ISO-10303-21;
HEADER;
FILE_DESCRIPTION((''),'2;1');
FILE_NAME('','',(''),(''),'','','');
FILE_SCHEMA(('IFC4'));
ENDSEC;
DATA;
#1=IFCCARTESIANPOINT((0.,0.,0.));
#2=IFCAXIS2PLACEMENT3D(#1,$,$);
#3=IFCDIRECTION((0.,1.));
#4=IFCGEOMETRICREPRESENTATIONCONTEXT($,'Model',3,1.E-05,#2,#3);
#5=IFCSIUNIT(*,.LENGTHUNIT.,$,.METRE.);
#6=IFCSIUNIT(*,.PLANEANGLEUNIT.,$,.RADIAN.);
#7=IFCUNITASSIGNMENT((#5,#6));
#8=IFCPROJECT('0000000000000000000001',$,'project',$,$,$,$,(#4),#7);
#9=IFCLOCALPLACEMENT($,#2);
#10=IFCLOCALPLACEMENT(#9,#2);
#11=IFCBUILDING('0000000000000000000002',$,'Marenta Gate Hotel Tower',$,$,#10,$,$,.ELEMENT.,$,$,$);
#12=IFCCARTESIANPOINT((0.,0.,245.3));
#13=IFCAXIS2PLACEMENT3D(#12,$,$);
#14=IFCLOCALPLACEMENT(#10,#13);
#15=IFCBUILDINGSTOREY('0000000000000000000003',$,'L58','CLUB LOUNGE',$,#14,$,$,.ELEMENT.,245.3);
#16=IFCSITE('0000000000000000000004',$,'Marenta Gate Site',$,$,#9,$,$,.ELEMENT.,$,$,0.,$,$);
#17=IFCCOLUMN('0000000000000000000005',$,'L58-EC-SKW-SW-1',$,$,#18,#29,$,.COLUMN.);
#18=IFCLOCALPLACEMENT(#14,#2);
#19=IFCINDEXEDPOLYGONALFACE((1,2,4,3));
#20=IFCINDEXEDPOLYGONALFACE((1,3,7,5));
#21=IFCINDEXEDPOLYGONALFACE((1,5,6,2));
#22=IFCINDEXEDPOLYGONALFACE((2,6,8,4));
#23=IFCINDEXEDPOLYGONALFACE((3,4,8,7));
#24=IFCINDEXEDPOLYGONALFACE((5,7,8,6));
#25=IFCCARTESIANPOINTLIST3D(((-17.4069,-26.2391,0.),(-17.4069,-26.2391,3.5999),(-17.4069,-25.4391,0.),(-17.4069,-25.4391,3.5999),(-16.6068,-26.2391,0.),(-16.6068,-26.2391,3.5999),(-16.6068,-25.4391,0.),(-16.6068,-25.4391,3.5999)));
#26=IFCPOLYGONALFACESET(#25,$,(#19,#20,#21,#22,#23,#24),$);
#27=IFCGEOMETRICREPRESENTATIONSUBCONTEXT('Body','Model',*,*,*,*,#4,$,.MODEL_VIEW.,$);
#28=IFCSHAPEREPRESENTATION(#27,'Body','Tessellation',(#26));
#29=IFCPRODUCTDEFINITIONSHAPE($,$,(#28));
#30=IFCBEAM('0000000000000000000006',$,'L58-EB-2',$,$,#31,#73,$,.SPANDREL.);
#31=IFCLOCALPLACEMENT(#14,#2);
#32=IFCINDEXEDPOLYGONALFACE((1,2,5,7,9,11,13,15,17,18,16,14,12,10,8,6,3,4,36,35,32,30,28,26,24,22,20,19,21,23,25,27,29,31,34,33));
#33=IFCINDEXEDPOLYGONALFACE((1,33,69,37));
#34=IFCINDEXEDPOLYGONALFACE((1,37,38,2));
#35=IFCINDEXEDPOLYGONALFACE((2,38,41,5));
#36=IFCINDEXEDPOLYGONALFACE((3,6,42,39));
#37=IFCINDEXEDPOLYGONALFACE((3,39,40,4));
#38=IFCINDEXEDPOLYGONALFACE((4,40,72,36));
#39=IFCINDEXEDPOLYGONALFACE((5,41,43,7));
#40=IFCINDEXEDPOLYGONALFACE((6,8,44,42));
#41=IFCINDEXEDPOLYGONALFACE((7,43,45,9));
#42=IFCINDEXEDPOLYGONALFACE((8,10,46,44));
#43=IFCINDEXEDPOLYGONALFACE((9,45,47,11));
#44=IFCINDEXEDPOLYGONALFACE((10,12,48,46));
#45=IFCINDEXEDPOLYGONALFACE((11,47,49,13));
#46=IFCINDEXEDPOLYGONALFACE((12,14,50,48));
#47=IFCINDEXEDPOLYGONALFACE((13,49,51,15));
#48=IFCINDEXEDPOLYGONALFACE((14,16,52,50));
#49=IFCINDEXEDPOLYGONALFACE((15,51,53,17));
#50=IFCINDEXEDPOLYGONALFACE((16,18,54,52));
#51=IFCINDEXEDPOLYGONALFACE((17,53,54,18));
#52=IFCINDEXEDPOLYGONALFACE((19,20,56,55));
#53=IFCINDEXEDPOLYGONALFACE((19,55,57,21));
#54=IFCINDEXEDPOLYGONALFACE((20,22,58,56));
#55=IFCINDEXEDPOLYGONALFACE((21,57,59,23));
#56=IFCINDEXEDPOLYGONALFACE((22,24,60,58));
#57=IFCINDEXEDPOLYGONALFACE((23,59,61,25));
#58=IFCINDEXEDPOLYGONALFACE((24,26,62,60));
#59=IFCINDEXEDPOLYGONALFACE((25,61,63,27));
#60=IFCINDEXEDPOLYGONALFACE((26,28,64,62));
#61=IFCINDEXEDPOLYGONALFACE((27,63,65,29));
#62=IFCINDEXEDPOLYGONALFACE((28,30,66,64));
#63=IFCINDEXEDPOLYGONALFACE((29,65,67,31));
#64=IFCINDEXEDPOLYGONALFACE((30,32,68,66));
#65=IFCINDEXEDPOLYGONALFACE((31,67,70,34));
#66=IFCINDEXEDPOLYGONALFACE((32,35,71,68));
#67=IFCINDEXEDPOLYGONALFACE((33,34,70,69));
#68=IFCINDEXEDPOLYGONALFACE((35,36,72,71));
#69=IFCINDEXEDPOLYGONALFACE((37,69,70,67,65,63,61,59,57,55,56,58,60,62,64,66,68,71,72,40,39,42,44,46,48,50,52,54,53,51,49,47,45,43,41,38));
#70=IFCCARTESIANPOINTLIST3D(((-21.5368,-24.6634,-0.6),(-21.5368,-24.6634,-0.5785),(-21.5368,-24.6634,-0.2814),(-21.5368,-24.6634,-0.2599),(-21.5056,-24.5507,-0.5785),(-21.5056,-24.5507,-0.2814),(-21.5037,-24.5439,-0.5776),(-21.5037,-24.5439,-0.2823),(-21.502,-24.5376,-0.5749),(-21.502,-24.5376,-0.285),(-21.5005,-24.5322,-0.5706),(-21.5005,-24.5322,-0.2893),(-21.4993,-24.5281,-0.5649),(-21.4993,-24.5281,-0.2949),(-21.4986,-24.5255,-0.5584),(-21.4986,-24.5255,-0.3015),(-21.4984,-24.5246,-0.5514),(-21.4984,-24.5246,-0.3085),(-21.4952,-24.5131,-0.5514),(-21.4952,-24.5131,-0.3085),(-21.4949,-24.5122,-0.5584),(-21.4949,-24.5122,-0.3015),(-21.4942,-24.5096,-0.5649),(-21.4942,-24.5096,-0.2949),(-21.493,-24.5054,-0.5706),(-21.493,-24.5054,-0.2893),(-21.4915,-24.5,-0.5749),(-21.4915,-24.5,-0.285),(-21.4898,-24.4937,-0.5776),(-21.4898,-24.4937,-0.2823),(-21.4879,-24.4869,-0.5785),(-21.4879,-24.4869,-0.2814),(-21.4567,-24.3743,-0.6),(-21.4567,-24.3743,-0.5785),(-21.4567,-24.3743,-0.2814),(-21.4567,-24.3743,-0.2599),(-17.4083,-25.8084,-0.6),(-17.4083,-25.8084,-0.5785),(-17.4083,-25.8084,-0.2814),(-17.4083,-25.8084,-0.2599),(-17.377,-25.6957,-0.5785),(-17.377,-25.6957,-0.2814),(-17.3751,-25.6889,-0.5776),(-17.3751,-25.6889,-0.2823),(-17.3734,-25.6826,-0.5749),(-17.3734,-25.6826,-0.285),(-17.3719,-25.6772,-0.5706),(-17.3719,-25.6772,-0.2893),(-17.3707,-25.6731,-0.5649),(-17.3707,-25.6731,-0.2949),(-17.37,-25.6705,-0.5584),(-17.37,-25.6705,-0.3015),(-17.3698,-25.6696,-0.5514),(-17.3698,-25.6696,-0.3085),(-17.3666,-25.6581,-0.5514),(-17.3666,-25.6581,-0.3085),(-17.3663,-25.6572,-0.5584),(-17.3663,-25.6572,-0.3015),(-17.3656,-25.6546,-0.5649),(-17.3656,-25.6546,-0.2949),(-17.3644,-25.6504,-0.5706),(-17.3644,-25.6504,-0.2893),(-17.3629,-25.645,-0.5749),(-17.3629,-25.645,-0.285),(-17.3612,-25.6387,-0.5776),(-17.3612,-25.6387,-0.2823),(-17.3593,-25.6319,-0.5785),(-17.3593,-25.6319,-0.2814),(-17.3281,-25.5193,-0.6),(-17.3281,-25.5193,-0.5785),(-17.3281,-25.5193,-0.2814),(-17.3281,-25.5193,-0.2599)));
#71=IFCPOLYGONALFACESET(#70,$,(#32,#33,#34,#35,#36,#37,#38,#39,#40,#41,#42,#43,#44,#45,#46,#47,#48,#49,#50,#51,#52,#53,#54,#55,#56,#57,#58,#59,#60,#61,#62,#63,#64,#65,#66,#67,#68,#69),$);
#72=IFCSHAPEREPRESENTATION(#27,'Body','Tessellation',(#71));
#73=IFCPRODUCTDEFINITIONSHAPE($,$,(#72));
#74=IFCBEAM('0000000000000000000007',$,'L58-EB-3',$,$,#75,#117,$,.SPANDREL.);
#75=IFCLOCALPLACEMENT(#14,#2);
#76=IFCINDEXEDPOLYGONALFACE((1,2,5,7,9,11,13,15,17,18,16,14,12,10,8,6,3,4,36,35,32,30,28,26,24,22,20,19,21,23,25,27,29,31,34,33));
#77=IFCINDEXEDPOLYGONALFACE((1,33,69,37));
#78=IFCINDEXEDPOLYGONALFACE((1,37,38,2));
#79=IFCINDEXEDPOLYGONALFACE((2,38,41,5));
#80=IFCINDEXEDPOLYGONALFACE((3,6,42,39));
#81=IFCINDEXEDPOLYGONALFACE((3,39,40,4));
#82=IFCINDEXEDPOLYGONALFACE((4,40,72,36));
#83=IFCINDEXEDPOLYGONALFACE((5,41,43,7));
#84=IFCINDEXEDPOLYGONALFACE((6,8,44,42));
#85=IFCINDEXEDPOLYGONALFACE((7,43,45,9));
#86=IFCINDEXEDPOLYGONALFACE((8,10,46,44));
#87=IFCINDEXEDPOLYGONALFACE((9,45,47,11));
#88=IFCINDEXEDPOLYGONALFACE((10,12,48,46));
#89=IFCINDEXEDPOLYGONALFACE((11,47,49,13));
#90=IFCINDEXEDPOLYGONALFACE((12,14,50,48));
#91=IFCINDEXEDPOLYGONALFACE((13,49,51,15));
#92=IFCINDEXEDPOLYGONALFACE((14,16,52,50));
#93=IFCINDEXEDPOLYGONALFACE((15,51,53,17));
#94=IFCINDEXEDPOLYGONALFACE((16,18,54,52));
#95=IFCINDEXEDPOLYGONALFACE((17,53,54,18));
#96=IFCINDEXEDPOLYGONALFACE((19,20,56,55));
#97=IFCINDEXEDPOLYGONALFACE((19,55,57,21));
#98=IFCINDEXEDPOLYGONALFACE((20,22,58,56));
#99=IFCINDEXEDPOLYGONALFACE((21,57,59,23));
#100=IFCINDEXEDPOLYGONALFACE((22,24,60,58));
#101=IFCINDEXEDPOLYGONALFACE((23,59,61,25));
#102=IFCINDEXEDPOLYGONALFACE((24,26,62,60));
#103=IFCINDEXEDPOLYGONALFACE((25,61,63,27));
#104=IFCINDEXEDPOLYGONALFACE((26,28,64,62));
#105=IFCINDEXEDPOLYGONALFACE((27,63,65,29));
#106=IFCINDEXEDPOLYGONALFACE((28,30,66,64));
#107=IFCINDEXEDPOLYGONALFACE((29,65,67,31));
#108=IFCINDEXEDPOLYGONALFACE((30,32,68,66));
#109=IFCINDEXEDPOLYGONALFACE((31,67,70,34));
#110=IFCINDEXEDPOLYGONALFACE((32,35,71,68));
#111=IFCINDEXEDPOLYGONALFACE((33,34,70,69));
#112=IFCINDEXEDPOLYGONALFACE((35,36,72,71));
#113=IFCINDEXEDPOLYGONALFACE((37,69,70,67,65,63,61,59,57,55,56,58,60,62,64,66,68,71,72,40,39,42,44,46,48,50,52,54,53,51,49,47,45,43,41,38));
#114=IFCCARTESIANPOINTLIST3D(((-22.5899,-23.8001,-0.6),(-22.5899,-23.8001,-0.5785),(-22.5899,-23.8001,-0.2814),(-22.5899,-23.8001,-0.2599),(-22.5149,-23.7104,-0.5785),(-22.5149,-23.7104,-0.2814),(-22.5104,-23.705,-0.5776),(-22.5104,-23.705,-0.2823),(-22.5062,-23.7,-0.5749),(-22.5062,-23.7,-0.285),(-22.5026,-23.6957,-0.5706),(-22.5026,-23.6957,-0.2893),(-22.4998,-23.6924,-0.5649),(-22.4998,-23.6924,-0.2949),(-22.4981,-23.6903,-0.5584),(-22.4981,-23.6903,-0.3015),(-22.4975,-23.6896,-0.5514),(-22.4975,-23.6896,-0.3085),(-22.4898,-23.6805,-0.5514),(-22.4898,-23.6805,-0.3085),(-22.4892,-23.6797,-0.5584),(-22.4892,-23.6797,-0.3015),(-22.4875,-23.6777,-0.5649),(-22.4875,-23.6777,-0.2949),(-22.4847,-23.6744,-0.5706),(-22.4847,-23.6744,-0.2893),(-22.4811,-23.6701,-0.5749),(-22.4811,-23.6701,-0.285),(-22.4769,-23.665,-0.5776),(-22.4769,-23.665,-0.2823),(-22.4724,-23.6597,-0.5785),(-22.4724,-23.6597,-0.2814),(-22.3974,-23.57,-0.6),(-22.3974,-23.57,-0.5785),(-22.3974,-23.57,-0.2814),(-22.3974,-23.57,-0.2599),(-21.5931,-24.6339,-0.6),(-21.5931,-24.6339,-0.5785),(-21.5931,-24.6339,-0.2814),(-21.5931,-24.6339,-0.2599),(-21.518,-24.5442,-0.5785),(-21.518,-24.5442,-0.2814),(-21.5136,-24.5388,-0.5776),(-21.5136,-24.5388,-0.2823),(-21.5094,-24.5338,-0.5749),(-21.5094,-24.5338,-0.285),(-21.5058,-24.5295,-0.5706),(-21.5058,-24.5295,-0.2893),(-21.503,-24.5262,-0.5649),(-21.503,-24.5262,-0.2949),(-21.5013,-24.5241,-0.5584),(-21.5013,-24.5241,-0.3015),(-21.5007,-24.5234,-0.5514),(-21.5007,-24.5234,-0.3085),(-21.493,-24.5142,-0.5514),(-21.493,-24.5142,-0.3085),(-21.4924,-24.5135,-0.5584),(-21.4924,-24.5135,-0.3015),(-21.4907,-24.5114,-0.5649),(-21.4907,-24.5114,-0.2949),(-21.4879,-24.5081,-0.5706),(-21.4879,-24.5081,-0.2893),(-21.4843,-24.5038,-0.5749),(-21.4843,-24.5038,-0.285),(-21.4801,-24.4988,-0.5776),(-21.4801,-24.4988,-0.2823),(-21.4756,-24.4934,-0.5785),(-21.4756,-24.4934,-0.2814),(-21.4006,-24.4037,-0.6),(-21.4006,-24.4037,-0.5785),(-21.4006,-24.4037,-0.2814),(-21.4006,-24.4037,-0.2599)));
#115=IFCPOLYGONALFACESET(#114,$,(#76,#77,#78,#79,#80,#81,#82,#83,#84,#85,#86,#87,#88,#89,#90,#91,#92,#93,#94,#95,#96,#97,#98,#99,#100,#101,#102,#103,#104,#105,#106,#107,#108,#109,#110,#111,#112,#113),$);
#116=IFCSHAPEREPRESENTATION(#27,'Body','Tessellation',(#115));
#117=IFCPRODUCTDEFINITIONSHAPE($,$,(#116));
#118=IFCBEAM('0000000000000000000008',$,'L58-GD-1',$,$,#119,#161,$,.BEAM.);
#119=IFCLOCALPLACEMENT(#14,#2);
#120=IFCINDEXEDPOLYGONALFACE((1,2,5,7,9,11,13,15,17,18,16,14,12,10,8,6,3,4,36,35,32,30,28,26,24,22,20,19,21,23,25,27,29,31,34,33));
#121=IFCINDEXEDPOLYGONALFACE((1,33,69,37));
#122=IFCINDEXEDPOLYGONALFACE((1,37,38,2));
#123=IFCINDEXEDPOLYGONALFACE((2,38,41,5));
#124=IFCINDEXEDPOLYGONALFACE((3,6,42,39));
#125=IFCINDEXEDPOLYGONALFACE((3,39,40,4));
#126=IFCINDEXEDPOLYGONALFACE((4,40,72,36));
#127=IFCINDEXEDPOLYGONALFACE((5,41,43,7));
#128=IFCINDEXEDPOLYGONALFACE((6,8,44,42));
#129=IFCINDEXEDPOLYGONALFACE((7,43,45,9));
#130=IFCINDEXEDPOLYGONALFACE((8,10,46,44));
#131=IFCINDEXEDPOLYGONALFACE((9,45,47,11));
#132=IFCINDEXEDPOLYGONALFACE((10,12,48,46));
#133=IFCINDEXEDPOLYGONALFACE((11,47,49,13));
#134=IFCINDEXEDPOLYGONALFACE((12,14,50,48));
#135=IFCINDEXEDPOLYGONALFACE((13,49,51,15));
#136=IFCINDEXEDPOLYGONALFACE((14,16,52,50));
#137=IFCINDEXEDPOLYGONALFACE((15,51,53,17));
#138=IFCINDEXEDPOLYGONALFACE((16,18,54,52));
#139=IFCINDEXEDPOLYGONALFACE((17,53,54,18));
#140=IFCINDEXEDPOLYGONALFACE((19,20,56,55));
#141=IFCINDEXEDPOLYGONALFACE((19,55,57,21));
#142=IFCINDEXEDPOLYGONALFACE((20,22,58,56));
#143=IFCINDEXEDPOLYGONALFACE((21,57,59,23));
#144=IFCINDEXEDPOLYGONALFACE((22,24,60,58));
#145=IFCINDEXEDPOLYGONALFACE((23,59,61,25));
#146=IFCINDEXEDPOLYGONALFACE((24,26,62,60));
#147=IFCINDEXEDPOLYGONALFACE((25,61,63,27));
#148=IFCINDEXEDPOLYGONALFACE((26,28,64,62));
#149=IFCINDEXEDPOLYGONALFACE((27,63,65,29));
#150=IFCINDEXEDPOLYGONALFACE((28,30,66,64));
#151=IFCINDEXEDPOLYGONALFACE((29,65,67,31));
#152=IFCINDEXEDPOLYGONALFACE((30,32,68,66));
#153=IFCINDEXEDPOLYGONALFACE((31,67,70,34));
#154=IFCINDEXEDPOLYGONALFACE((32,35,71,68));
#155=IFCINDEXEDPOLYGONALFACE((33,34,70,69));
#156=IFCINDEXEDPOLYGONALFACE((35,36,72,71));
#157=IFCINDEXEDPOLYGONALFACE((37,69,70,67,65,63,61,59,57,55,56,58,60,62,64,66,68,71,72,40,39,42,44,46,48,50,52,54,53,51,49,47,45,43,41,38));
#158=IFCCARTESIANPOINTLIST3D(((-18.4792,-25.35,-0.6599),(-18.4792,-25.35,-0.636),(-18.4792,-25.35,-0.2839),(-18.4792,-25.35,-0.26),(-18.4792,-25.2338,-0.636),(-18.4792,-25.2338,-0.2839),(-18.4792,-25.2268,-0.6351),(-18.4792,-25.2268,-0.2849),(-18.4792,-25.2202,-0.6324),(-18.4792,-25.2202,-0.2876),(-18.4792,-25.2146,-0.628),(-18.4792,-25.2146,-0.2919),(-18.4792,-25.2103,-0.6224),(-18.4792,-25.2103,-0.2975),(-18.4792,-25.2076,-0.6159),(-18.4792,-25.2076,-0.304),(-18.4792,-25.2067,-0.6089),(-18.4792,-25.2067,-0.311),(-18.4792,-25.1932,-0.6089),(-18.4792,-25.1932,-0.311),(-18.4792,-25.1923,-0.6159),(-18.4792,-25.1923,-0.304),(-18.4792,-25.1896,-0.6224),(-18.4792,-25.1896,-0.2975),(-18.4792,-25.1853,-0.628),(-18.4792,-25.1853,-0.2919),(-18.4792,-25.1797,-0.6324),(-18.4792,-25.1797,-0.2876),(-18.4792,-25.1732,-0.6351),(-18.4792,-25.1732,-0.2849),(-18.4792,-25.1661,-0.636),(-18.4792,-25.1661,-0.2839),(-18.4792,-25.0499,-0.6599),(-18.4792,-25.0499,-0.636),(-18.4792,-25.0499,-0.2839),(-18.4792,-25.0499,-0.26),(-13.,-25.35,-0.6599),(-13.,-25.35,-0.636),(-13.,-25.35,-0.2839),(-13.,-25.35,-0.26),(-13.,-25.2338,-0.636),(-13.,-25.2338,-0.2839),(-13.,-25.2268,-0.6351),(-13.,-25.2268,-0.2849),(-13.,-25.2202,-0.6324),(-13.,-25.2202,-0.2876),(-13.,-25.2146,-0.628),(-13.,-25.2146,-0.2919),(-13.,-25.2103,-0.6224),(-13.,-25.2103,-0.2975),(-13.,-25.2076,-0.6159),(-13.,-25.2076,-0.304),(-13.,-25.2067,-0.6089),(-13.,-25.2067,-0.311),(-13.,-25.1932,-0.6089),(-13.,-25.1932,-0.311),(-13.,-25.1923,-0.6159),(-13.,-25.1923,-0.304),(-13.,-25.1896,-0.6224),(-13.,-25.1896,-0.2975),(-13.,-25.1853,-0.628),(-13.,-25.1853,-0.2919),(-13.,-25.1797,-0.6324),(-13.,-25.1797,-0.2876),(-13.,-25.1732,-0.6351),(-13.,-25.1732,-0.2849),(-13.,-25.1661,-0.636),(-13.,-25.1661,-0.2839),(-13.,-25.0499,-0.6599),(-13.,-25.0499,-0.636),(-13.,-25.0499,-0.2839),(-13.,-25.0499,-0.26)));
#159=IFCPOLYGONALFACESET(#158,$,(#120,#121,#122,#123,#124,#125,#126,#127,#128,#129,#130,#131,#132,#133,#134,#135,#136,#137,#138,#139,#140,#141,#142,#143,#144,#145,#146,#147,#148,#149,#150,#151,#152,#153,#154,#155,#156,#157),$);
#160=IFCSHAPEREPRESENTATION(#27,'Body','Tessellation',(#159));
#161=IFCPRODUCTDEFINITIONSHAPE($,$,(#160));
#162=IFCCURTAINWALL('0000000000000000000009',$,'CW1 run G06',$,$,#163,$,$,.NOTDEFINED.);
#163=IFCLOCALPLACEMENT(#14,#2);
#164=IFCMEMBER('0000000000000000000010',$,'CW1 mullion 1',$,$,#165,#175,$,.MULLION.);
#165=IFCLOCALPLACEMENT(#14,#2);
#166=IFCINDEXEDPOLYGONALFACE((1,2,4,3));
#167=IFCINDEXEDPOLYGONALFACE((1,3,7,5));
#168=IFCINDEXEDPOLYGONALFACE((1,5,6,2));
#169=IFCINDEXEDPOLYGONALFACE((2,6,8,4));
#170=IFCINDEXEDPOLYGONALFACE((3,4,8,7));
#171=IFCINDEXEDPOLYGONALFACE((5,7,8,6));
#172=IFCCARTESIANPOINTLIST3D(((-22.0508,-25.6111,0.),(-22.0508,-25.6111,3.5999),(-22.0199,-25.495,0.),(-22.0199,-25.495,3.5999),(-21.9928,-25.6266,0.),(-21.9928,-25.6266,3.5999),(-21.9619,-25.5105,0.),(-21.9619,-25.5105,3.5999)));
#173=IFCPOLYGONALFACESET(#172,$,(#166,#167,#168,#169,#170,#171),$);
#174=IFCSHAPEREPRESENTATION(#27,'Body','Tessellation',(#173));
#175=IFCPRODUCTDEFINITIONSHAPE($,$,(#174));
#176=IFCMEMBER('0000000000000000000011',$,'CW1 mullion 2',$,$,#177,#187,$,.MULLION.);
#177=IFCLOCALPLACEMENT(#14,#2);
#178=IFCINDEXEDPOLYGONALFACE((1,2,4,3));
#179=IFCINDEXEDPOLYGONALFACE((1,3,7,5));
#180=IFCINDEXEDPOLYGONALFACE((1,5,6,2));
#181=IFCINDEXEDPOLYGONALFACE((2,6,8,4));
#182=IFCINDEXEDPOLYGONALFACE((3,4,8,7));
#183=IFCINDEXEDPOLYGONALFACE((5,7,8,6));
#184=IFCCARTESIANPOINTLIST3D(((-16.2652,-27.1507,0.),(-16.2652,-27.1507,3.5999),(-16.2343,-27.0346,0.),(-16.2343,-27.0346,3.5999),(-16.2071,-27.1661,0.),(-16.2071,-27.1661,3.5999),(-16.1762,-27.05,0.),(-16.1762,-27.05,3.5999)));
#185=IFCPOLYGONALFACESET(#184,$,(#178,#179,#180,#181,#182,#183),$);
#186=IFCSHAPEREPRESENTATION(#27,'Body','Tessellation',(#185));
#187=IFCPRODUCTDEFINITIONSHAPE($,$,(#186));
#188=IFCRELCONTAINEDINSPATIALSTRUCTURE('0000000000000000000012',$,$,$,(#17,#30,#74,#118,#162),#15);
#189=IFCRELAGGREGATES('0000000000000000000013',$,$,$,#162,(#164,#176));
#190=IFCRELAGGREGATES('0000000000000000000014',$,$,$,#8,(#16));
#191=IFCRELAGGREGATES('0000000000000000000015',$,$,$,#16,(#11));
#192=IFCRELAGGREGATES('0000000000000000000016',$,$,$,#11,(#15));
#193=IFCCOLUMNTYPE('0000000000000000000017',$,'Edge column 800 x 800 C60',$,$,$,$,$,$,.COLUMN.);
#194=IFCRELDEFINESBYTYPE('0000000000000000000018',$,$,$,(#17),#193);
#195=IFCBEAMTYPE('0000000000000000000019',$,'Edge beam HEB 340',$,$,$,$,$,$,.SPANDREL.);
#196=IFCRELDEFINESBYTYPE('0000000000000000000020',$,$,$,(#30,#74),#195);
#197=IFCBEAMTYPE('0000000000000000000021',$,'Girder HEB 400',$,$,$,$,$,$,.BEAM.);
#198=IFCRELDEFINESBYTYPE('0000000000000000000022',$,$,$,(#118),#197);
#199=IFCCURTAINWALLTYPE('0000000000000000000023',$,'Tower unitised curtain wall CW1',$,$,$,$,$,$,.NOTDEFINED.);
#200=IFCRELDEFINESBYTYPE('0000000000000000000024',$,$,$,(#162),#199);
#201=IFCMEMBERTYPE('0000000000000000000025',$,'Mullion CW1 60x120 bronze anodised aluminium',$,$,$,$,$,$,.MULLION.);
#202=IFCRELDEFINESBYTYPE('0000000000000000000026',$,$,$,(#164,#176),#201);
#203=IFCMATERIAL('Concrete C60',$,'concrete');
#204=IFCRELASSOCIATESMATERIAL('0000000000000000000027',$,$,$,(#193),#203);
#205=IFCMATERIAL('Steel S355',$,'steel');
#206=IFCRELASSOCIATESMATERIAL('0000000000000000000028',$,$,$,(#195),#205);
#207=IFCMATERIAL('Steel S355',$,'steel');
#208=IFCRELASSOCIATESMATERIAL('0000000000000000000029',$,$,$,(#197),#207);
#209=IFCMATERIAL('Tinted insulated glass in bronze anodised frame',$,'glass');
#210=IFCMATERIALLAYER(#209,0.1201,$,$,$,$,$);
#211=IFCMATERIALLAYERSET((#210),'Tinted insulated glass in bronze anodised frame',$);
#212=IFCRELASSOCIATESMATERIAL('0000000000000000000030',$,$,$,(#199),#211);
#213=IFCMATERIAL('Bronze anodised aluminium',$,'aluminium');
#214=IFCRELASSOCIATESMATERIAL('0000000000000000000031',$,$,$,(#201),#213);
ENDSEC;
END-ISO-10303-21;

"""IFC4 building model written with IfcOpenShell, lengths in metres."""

from ifc_helpers import new_model, si_unit, direction, frame, origin, origin_2d, place, context, subcontext, project, spatial, rectangle, i_section, extrude, material, layer, layer_set, material_profile, profile_set, type_object, element, aggregate, save


model = new_model("IFC4")

# Units and contexts
model_context = context("Model", 3, precision=1e-05, world=origin(), true_north=direction((0.0, 1.0)))
body_context = subcontext(model_context, "Body", "Model", "MODEL_VIEW")
ifc_project = project(units=[si_unit("LENGTHUNIT", "METRE"), si_unit("PLANEANGLEUNIT", "RADIAN")], contexts=[model_context])

# Site, building, storey
site_placement = place(None, origin())
site = spatial("IfcSite", under=ifc_project, at=site_placement, Name="Marenta Gate Site", CompositionType="ELEMENT", RefElevation=0.0)
building_placement = place(site_placement, origin())
building = spatial("IfcBuilding", under=site, at=building_placement, Name="Marenta Gate Hotel Tower", CompositionType="ELEMENT")
storey_placement = place(building_placement, frame((0.0, 0.0, 245.3)))
storey = spatial("IfcBuildingStorey", under=building, at=storey_placement, Name="L58", Description="CLUB LOUNGE", CompositionType="ELEMENT", Elevation=245.3)

# Column
ifc_material_1 = material(Name="Concrete C60", Category="concrete")
ifc_material_profile_1 = material_profile(ifc_material_1, rectangle(XDim=0.8, YDim=0.8, at=origin_2d()), Name="800 x 800")
ifc_profile_set_1 = profile_set([ifc_material_profile_1], Name="Concrete C60")
column_type = type_object("IfcColumnType", Name="Edge column 800 x 800 C60", PredefinedType="COLUMN", material=ifc_profile_set_1)
column_placement = place(storey_placement, frame((-17.0068, -25.8391, 0.0), z_axis=(0.0, 0.0, 1.0), x_axis=(1.0, 0.0, 0.0)))
element("IfcColumn", 1, at=column_placement, inside=storey, type_object=column_type, Name="L58-EC-SKW-SW-1", PredefinedType="COLUMN", context=body_context, shape_type="SweptSolid", body=[
    extrude(rectangle(XDim=0.8, YDim=0.8, at=origin_2d()), origin(), (0.0, 0.0, 1.0), 3.5999),
])

# Beams
ifc_material_2 = material(Name="Steel S355", Category="steel")
ifc_material_profile_2 = material_profile(ifc_material_2, i_section(OverallWidth=0.3, OverallDepth=0.3401, WebThickness=0.012, FlangeThickness=0.0215, FilletRadius=0.0271, at=origin_2d()), Name="HEB 340")
ifc_profile_set_2 = profile_set([ifc_material_profile_2], Name="Steel S355")
beam_type_1 = type_object("IfcBeamType", Name="Edge beam HEB 340", PredefinedType="SPANDREL", material=ifc_profile_set_2)
beam_1_placement = place(storey_placement, frame((-17.3682, -25.6638, -0.4299), z_axis=(-0.963628, 0.267247, 0.0), x_axis=(-0.267247, -0.963628, 0.0)))
element("IfcBeam", 2, at=beam_1_placement, inside=storey, type_object=beam_type_1, Name="L58-EB-2", PredefinedType="SPANDREL", context=body_context, shape_type="SweptSolid", body=[
    extrude(i_section(OverallWidth=0.3, OverallDepth=0.3401, WebThickness=0.012, FlangeThickness=0.0215, FilletRadius=0.0271, at=origin_2d()), origin(), (0.0, 0.0, 1.0), 4.2844),
])
beam_2_placement = place(storey_placement, frame((-21.4968, -24.5188, -0.4299), z_axis=(-0.767065, 0.641569, 0.0), x_axis=(-0.641569, -0.767065, 0.0)))
element("IfcBeam", 3, at=beam_2_placement, inside=storey, type_object=beam_type_1, Name="L58-EB-3", PredefinedType="SPANDREL", context=body_context, shape_type="SweptSolid", body=[
    extrude(i_section(OverallWidth=0.3, OverallDepth=0.3401, WebThickness=0.012, FlangeThickness=0.0215, FilletRadius=0.0271, at=origin_2d()), origin(), (0.0, 0.0, 1.0), 1.2996),
])
ifc_material_3 = material(Name="Steel S355", Category="steel")
ifc_material_profile_3 = material_profile(ifc_material_3, i_section(OverallWidth=0.3, OverallDepth=0.3999, WebThickness=0.0134, FlangeThickness=0.0239, FilletRadius=0.0271, at=origin_2d()), Name="HEB 400")
ifc_profile_set_3 = profile_set([ifc_material_profile_3], Name="Steel S355")
beam_type_2 = type_object("IfcBeamType", Name="Girder HEB 400", PredefinedType="BEAM", material=ifc_profile_set_3)
beam_3_placement = place(storey_placement, frame((-18.4792, -25.2, -0.46), z_axis=(1.0, 0.0, 0.0), x_axis=(0.0, 1.0, 0.0)))
element("IfcBeam", 4, at=beam_3_placement, inside=storey, type_object=beam_type_2, Name="L58-GD-1", PredefinedType="BEAM", context=body_context, shape_type="SweptSolid", body=[
    extrude(i_section(OverallWidth=0.3, OverallDepth=0.3999, WebThickness=0.0134, FlangeThickness=0.0239, FilletRadius=0.0271, at=origin_2d()), origin(), (0.0, 0.0, 1.0), 5.4792),
])

# Curtain wall, members
ifc_material_4 = material(Name="Tinted insulated glass in bronze anodised frame", Category="glass")
ifc_layer_1 = layer(ifc_material_4, 0.1201)
ifc_layer_set_1 = layer_set([ifc_layer_1], Name="Tinted insulated glass in bronze anodised frame")
curtain_wall_type = type_object("IfcCurtainWallType", Name="Tower unitised curtain wall CW1", PredefinedType="NOTDEFINED", material=ifc_layer_set_1)
curtain_wall_placement = place(storey_placement, origin())
curtain_wall = element("IfcCurtainWall", 5, at=curtain_wall_placement, inside=storey, type_object=curtain_wall_type, Name="CW1 run G06", PredefinedType="NOTDEFINED")
ifc_material_5 = material(Name="Bronze anodised aluminium", Category="aluminium")
ifc_material_profile_4 = material_profile(ifc_material_5, rectangle(XDim=0.1201, YDim=0.0601, at=origin_2d()), Name="Mullion CW1 60x120 bronze anodised aluminium")
ifc_profile_set_4 = profile_set([ifc_material_profile_4], Name="Bronze anodised aluminium")
member_type_1 = type_object("IfcMemberType", Name="Mullion CW1 60x120 bronze anodised aluminium", PredefinedType="MULLION", material=ifc_profile_set_4)
member_1_placement = place(storey_placement, frame((-22.0063, -25.5608, 0.0), z_axis=(0.0, 0.0, 1.0), x_axis=(0.257139, 0.966374, 0.0)))
member_1 = element("IfcMember", 6, at=member_1_placement, type_object=member_type_1, Name="CW1 mullion 1", PredefinedType="MULLION", context=body_context, shape_type="SweptSolid", body=[
    extrude(rectangle(XDim=0.1201, YDim=0.0601, at=origin_2d()), origin(), (0.0, 0.0, 1.0), 3.5999),
])
member_2_placement = place(storey_placement, frame((-16.2207, -27.1003, 0.0), z_axis=(0.0, 0.0, 1.0), x_axis=(0.257139, 0.966374, 0.0)))
member_2 = element("IfcMember", 7, at=member_2_placement, type_object=member_type_1, Name="CW1 mullion 2", PredefinedType="MULLION", context=body_context, shape_type="SweptSolid", body=[
    extrude(rectangle(XDim=0.1201, YDim=0.0601, at=origin_2d()), origin(), (0.0, 0.0, 1.0), 3.5999),
])
aggregate(curtain_wall, [member_1, member_2])

save(model, "model.ifc")
